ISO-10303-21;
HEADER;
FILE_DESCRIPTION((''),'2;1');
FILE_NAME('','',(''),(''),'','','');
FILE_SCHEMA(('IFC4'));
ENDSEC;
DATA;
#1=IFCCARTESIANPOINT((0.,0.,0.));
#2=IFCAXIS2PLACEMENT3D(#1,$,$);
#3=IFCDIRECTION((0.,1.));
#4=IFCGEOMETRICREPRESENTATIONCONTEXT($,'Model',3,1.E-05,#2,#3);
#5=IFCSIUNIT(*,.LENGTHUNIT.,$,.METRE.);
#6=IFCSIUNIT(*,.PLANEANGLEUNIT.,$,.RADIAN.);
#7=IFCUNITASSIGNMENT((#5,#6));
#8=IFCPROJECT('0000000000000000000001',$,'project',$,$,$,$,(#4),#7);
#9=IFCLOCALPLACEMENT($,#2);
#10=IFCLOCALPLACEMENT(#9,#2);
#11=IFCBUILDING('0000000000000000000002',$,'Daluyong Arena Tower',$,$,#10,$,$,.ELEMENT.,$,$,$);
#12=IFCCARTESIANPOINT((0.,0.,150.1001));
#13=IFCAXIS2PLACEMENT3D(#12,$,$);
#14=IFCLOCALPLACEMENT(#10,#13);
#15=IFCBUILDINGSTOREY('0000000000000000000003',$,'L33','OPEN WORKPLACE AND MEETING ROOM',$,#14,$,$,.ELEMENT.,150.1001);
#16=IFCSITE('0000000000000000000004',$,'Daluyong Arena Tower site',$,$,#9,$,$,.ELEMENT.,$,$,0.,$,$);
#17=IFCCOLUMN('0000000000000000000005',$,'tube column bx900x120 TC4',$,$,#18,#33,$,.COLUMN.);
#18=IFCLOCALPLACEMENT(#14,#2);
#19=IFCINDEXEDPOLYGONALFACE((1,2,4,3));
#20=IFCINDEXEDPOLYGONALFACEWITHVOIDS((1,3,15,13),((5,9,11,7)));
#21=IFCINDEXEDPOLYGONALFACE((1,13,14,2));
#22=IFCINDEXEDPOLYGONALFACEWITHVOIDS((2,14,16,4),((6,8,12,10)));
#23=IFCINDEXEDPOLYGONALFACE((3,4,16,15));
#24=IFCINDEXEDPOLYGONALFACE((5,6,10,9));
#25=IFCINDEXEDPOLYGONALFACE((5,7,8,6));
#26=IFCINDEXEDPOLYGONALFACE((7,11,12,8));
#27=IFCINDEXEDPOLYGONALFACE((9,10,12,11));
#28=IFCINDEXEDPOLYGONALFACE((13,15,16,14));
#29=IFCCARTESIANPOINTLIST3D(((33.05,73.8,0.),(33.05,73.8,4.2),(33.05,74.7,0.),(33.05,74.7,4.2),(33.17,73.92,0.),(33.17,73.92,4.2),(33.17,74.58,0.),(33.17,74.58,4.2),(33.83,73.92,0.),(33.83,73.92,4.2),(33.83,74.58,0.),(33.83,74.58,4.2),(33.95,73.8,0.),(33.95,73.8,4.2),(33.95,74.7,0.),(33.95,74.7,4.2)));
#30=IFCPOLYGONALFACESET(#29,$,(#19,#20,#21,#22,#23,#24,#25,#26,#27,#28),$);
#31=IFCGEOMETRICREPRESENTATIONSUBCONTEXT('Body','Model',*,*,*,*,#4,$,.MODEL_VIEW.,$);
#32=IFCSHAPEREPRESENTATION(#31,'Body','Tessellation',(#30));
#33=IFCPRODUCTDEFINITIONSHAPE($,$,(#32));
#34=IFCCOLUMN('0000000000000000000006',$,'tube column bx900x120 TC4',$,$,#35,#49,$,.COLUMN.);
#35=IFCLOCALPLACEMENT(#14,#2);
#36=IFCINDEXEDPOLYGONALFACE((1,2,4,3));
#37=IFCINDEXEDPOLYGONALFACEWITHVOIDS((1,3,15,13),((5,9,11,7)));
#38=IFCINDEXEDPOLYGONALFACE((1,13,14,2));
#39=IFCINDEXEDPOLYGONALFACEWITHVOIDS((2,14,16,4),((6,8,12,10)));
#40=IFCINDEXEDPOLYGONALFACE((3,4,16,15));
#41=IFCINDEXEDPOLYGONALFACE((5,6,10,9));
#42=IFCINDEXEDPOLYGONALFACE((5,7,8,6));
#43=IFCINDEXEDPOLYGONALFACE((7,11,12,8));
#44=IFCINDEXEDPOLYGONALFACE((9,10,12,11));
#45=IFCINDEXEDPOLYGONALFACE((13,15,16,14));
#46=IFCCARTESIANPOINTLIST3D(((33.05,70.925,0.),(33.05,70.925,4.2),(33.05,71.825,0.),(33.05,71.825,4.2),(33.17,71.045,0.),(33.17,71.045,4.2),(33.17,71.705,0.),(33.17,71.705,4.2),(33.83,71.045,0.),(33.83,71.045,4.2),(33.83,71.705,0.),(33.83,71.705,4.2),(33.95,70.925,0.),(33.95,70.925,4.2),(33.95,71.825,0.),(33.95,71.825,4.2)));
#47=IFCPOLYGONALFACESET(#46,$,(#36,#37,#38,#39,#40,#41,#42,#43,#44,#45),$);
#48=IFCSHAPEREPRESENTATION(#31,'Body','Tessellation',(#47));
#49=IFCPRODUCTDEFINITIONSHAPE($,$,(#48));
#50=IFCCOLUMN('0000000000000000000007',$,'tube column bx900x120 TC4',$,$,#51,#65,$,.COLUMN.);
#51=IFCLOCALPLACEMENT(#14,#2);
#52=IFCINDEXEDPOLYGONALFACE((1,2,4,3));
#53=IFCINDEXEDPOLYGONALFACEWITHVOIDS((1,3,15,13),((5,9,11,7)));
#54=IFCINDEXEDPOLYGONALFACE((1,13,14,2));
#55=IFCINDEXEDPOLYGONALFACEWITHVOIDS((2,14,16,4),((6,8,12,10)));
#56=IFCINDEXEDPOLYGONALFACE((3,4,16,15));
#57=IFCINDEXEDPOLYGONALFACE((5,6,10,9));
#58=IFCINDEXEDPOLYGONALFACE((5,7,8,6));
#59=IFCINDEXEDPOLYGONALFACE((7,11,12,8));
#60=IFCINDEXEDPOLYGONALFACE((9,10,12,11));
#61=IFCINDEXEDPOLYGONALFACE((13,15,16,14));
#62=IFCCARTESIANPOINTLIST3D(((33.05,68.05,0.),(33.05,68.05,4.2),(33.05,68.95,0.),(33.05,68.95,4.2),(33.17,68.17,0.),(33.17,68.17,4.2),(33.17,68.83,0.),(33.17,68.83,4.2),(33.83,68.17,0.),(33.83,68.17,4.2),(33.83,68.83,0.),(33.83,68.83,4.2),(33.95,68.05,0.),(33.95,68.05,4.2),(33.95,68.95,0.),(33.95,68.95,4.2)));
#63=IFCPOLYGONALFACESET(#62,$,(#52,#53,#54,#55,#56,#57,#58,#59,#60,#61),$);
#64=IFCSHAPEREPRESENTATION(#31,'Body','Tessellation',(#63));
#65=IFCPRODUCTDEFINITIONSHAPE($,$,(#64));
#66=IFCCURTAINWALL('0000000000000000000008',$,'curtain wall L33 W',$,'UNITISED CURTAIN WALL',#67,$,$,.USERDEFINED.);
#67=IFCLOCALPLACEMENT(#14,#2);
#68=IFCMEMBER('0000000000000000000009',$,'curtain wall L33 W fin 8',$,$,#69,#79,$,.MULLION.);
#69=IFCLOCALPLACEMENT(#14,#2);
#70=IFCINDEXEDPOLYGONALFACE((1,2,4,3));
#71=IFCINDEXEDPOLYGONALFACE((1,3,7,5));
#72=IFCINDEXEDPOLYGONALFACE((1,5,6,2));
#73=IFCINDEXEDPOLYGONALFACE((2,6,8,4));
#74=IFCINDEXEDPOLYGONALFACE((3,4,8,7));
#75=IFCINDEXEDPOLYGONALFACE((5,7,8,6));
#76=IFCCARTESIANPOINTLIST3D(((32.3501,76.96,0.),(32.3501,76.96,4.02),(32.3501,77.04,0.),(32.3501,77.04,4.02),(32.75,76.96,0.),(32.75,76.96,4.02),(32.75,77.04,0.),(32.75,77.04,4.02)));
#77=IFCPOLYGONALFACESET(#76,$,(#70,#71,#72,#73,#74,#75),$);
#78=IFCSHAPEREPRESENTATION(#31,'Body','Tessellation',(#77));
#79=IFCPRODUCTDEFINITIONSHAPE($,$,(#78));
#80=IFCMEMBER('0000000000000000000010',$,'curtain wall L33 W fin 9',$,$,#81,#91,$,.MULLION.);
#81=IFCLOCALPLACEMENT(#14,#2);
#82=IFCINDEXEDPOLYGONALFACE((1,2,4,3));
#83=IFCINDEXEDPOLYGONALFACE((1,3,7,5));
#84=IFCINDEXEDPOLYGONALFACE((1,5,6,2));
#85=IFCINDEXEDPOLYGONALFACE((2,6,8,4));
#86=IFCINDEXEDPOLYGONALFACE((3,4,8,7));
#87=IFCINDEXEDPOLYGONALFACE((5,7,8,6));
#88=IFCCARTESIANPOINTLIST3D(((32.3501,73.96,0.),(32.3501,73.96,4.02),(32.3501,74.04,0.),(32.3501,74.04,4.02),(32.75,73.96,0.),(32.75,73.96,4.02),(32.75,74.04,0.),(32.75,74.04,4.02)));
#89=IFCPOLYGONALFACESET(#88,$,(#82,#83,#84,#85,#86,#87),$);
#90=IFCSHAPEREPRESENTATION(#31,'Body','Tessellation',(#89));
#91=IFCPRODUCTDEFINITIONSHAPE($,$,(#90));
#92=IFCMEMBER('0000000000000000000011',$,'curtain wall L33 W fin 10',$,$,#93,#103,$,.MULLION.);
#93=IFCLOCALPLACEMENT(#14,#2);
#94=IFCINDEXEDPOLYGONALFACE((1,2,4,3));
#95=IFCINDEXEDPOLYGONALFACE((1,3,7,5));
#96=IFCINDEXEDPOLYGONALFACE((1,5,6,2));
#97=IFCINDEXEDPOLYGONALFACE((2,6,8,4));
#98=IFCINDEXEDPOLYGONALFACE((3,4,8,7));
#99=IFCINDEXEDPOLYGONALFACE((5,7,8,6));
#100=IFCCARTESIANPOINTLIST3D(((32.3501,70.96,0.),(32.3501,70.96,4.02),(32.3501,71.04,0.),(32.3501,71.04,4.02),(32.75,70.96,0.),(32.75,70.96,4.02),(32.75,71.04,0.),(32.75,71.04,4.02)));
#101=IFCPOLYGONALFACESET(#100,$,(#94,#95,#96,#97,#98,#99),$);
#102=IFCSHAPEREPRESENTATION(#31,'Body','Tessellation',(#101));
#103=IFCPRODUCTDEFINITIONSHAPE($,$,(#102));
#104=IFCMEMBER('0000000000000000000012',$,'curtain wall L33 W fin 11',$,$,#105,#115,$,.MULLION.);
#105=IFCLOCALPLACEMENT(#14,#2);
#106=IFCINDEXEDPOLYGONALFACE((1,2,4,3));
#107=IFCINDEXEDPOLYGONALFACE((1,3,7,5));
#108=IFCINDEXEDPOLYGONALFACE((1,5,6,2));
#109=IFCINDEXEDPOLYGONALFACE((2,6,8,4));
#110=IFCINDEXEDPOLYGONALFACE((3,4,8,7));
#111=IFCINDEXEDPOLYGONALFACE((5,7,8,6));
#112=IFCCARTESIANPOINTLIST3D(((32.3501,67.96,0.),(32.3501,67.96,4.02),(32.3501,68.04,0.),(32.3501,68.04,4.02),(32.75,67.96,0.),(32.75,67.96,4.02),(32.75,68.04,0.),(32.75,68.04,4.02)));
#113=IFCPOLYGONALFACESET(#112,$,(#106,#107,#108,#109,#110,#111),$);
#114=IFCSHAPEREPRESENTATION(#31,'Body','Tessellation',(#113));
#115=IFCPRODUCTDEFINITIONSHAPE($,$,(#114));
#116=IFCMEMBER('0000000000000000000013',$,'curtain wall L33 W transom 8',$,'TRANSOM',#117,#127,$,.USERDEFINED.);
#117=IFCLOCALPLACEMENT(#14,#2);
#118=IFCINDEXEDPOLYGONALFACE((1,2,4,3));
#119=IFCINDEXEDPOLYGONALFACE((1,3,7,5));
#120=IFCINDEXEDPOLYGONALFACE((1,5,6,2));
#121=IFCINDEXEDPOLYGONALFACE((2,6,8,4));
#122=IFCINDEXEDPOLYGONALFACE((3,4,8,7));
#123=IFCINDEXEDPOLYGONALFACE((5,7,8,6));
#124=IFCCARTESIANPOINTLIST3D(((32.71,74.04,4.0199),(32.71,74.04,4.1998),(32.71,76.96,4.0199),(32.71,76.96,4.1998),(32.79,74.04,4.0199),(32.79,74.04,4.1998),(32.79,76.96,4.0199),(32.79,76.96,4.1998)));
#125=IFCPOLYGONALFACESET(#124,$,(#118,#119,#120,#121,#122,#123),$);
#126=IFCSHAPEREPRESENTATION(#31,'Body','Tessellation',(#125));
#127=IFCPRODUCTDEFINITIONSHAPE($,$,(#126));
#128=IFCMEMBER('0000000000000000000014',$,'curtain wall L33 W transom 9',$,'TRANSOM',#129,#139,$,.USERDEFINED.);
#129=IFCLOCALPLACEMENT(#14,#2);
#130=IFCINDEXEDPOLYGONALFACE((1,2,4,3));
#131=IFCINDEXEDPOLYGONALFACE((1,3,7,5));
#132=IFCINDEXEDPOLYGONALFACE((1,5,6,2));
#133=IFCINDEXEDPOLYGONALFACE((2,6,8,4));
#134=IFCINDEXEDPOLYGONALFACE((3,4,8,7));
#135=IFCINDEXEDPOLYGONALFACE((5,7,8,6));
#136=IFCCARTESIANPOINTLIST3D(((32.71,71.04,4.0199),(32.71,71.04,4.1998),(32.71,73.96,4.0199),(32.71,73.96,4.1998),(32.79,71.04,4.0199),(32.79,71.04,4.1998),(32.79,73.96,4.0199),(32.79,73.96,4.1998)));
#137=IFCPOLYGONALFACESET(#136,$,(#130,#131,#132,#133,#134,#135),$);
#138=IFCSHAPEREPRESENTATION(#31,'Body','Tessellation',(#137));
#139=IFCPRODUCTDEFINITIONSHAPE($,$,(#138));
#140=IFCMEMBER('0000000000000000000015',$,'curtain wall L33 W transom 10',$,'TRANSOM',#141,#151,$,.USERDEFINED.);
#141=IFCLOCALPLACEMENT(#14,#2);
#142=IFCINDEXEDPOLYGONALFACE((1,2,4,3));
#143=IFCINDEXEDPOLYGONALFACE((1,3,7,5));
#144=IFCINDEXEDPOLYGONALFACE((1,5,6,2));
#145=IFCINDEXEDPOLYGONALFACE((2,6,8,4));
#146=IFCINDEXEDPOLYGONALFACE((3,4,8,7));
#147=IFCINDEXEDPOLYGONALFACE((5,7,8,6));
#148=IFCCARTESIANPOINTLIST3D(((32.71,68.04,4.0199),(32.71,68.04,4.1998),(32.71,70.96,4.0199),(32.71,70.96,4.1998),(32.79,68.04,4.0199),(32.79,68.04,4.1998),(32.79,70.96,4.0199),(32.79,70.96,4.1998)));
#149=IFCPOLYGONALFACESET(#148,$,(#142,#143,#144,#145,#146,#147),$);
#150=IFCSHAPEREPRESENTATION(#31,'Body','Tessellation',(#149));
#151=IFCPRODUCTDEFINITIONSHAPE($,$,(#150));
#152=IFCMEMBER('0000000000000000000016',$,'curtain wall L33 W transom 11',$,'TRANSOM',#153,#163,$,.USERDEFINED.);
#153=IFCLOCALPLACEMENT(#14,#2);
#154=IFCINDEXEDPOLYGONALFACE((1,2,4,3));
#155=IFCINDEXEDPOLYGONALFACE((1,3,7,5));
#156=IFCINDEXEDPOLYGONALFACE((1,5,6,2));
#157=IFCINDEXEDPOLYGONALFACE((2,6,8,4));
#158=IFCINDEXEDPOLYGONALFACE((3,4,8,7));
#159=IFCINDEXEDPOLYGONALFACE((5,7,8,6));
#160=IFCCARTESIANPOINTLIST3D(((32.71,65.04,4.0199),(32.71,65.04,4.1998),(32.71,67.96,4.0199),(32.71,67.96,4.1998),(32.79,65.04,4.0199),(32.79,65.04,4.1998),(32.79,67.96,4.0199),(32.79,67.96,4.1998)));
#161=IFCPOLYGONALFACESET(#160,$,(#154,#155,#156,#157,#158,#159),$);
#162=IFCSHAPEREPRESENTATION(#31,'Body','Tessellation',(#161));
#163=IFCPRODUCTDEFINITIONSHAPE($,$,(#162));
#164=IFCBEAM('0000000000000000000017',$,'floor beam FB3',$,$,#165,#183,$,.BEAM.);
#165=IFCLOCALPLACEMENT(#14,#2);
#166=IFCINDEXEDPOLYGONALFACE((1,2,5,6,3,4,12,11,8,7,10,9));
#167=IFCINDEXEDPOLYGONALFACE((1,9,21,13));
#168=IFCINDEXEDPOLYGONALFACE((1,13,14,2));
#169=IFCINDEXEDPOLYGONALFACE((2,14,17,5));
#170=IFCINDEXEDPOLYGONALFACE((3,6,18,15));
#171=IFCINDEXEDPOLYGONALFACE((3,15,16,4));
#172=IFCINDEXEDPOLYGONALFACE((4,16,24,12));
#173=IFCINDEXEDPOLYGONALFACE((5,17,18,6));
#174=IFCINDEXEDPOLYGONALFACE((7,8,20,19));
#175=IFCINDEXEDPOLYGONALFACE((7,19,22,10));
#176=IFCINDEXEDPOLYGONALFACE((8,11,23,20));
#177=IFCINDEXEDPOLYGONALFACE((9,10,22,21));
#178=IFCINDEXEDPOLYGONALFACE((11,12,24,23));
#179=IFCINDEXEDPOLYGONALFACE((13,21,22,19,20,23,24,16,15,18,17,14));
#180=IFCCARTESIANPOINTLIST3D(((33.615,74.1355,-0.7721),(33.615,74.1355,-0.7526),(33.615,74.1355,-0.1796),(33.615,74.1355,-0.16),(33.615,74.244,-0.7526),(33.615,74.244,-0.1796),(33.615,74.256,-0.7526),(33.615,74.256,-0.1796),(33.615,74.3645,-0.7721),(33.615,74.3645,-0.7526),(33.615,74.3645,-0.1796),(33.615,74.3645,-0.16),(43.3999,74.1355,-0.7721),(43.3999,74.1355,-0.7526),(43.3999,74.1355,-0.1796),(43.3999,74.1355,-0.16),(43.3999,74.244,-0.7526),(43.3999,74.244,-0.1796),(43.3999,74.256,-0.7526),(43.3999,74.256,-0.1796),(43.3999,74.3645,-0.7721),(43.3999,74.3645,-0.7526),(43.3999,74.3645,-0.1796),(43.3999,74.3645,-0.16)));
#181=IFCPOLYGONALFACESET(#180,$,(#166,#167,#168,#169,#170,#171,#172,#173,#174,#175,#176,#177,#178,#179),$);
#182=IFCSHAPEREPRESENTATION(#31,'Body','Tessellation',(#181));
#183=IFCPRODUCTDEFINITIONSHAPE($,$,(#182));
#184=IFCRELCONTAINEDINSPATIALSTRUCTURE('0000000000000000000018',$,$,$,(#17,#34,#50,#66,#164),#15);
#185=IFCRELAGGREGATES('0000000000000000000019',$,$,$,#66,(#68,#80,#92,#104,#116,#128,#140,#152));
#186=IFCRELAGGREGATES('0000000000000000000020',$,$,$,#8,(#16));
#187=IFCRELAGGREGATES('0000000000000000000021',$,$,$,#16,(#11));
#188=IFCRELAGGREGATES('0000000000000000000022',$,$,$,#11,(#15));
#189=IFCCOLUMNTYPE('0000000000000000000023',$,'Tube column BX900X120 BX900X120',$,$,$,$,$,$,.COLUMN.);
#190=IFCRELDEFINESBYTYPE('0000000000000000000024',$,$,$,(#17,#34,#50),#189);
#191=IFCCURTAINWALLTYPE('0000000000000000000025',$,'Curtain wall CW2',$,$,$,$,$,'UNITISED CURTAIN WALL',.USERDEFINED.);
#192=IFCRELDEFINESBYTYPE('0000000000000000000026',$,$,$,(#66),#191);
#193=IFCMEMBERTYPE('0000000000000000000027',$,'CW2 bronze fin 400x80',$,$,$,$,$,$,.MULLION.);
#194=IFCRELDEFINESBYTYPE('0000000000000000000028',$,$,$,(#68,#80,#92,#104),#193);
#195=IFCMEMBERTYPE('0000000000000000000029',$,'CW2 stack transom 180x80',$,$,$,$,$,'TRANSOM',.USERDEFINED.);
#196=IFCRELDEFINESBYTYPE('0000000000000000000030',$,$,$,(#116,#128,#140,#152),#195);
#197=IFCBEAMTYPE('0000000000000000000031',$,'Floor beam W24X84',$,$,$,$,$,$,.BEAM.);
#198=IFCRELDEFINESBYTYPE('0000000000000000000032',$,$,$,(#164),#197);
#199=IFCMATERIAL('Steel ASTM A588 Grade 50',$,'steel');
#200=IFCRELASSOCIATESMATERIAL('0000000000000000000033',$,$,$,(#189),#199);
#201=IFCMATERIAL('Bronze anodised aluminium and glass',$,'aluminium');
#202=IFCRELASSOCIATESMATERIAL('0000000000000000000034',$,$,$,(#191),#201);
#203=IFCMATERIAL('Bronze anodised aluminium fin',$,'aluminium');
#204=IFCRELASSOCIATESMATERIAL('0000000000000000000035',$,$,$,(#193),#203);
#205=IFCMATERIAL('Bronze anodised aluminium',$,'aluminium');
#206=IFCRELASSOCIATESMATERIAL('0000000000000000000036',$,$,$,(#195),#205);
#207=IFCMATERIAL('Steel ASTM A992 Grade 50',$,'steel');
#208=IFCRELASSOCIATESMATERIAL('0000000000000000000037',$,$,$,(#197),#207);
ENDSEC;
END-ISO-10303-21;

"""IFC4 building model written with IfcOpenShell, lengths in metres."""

from ifc_helpers import new_model, si_unit, direction, frame, origin, origin_2d, place, context, subcontext, project, spatial, rectangle, hollow_rectangle, i_section, extrude, material, material_profile, profile_set, type_object, element, aggregate, save


model = new_model("IFC4")

# Units and contexts
model_context = context("Model", 3, precision=1e-05, world=origin(), true_north=direction((0.0, 1.0)))
body_context = subcontext(model_context, "Body", "Model", "MODEL_VIEW")
ifc_project = project(units=[si_unit("LENGTHUNIT", "METRE"), si_unit("PLANEANGLEUNIT", "RADIAN")], contexts=[model_context])

# Site, building, storey
site_placement = place(None, origin())
site = spatial("IfcSite", under=ifc_project, at=site_placement, Name="Daluyong Arena Tower site", CompositionType="ELEMENT", RefElevation=0.0)
building_placement = place(site_placement, origin())
building = spatial("IfcBuilding", under=site, at=building_placement, Name="Daluyong Arena Tower", CompositionType="ELEMENT")
storey_placement = place(building_placement, frame((0.0, 0.0, 150.1001)))
storey = spatial("IfcBuildingStorey", under=building, at=storey_placement, Name="L33", Description="OPEN WORKPLACE AND MEETING ROOM", CompositionType="ELEMENT", Elevation=150.1001)

# Columns
ifc_material_1 = material(Name="Steel ASTM A588 Grade 50", Category="steel")
ifc_material_profile_1 = material_profile(ifc_material_1, hollow_rectangle(XDim=0.8999, YDim=0.8999, WallThickness=0.12, at=origin_2d()))
ifc_profile_set_1 = profile_set([ifc_material_profile_1], Name="Steel ASTM A588 Grade 50")
column_type = type_object("IfcColumnType", Name="Tube column BX900X120 BX900X120", PredefinedType="COLUMN", material=ifc_profile_set_1)
for number, where, z_axis, x_axis, name in (
    (1, (33.5, 74.25, 0.0), (0.0, 0.0, 1.0), (0.0, 1.0, 0.0), "tube column bx900x120 TC4"),
    (2, (33.5, 71.375, 0.0), (0.0, 0.0, 1.0), (0.0, 1.0, 0.0), "tube column bx900x120 TC4"),
    (3, (33.5, 68.5, 0.0), (0.0, 0.0, 1.0), (0.0, 1.0, 0.0), "tube column bx900x120 TC4"),
):
    element("IfcColumn", number, at=place(storey_placement, frame(where, z_axis=z_axis, x_axis=x_axis)), inside=storey, type_object=column_type, Name=name, PredefinedType="COLUMN", context=body_context, shape_type="SweptSolid", body=[
        extrude(hollow_rectangle(XDim=0.8999, YDim=0.8999, WallThickness=0.12, at=origin_2d()), origin(), (0.0, 0.0, 1.0), 4.2),
    ])

# Curtain wall, members
ifc_material_2 = material(Name="Bronze anodised aluminium and glass", Category="aluminium")
curtain_wall_type = type_object("IfcCurtainWallType", Name="Curtain wall CW2", ElementType="UNITISED CURTAIN WALL", PredefinedType="USERDEFINED", material=ifc_material_2)
curtain_wall_placement = place(storey_placement, origin())
curtain_wall = element("IfcCurtainWall", 4, at=curtain_wall_placement, inside=storey, type_object=curtain_wall_type, Name="curtain wall L33 W", ObjectType="UNITISED CURTAIN WALL", PredefinedType="USERDEFINED")
ifc_material_3 = material(Name="Bronze anodised aluminium fin", Category="aluminium")
ifc_material_profile_2 = material_profile(ifc_material_3, rectangle(XDim=0.3999, YDim=0.0801, at=origin_2d()))
ifc_profile_set_2 = profile_set([ifc_material_profile_2], Name="Bronze anodised aluminium fin")
member_type_1 = type_object("IfcMemberType", Name="CW2 bronze fin 400x80", PredefinedType="MULLION", material=ifc_profile_set_2)
member_1_placement = place(storey_placement, frame((32.55, 77.0, 0.0), z_axis=(0.0, 0.0, 1.0), x_axis=(1.0, 0.0, 0.0)))
member_1 = element("IfcMember", 5, at=member_1_placement, type_object=member_type_1, Name="curtain wall L33 W fin 8", PredefinedType="MULLION", context=body_context, shape_type="SweptSolid", body=[
    extrude(rectangle(XDim=0.3999, YDim=0.0801, at=origin_2d()), origin(), (0.0, 0.0, 1.0), 4.02),
])
member_2_placement = place(storey_placement, frame((32.55, 74.0, 0.0), z_axis=(0.0, 0.0, 1.0), x_axis=(1.0, 0.0, 0.0)))
member_2 = element("IfcMember", 6, at=member_2_placement, type_object=member_type_1, Name="curtain wall L33 W fin 9", PredefinedType="MULLION", context=body_context, shape_type="SweptSolid", body=[
    extrude(rectangle(XDim=0.3999, YDim=0.0801, at=origin_2d()), origin(), (0.0, 0.0, 1.0), 4.02),
])
member_3_placement = place(storey_placement, frame((32.55, 71.0, 0.0), z_axis=(0.0, 0.0, 1.0), x_axis=(1.0, 0.0, 0.0)))
member_3 = element("IfcMember", 7, at=member_3_placement, type_object=member_type_1, Name="curtain wall L33 W fin 10", PredefinedType="MULLION", context=body_context, shape_type="SweptSolid", body=[
    extrude(rectangle(XDim=0.3999, YDim=0.0801, at=origin_2d()), origin(), (0.0, 0.0, 1.0), 4.02),
])
member_4_placement = place(storey_placement, frame((32.55, 68.0, 0.0), z_axis=(0.0, 0.0, 1.0), x_axis=(1.0, 0.0, 0.0)))
member_4 = element("IfcMember", 8, at=member_4_placement, type_object=member_type_1, Name="curtain wall L33 W fin 11", PredefinedType="MULLION", context=body_context, shape_type="SweptSolid", body=[
    extrude(rectangle(XDim=0.3999, YDim=0.0801, at=origin_2d()), origin(), (0.0, 0.0, 1.0), 4.02),
])
ifc_material_4 = material(Name="Bronze anodised aluminium", Category="aluminium")
ifc_material_profile_3 = material_profile(ifc_material_4, rectangle(XDim=0.0801, YDim=0.1799, at=origin_2d()))
ifc_profile_set_3 = profile_set([ifc_material_profile_3], Name="Bronze anodised aluminium")
member_type_2 = type_object("IfcMemberType", Name="CW2 stack transom 180x80", ElementType="TRANSOM", PredefinedType="USERDEFINED", material=ifc_profile_set_3)
member_5_placement = place(storey_placement, frame((32.75, 76.96, 4.1099), z_axis=(0.0, -1.0, 0.0), x_axis=(1.0, 0.0, 0.0)))
member_5 = element("IfcMember", 9, at=member_5_placement, type_object=member_type_2, Name="curtain wall L33 W transom 8", ObjectType="TRANSOM", PredefinedType="USERDEFINED", context=body_context, shape_type="SweptSolid", body=[
    extrude(rectangle(XDim=0.0801, YDim=0.1799, at=origin_2d()), origin(), (0.0, 0.0, 1.0), 2.9199),
])
member_6_placement = place(storey_placement, frame((32.75, 73.96, 4.1099), z_axis=(0.0, -1.0, 0.0), x_axis=(1.0, 0.0, 0.0)))
member_6 = element("IfcMember", 10, at=member_6_placement, type_object=member_type_2, Name="curtain wall L33 W transom 9", ObjectType="TRANSOM", PredefinedType="USERDEFINED", context=body_context, shape_type="SweptSolid", body=[
    extrude(rectangle(XDim=0.0801, YDim=0.1799, at=origin_2d()), origin(), (0.0, 0.0, 1.0), 2.9199),
])
member_7_placement = place(storey_placement, frame((32.75, 70.96, 4.1099), z_axis=(0.0, -1.0, 0.0), x_axis=(1.0, 0.0, 0.0)))
member_7 = element("IfcMember", 11, at=member_7_placement, type_object=member_type_2, Name="curtain wall L33 W transom 10", ObjectType="TRANSOM", PredefinedType="USERDEFINED", context=body_context, shape_type="SweptSolid", body=[
    extrude(rectangle(XDim=0.0801, YDim=0.1799, at=origin_2d()), origin(), (0.0, 0.0, 1.0), 2.9199),
])
member_8_placement = place(storey_placement, frame((32.75, 67.96, 4.1099), z_axis=(0.0, -1.0, 0.0), x_axis=(1.0, 0.0, 0.0)))
member_8 = element("IfcMember", 12, at=member_8_placement, type_object=member_type_2, Name="curtain wall L33 W transom 11", ObjectType="TRANSOM", PredefinedType="USERDEFINED", context=body_context, shape_type="SweptSolid", body=[
    extrude(rectangle(XDim=0.0801, YDim=0.1799, at=origin_2d()), origin(), (0.0, 0.0, 1.0), 2.9199),
])

# Beam
ifc_material_5 = material(Name="Steel ASTM A992 Grade 50", Category="steel")
ifc_material_profile_4 = material_profile(ifc_material_5, i_section(OverallWidth=0.229, OverallDepth=0.6121, WebThickness=0.012, FlangeThickness=0.0195, at=origin_2d()))
ifc_profile_set_4 = profile_set([ifc_material_profile_4], Name="Steel ASTM A992 Grade 50")
beam_type_1 = type_object("IfcBeamType", Name="Floor beam W24X84", PredefinedType="BEAM", material=ifc_profile_set_4)
for number, where, z_axis, x_axis, name in (
    (13, (33.615, 74.25, -0.4661), (1.0, 0.0, 0.0), (0.0, 1.0, 0.0), "floor beam FB3"),
):
    element("IfcBeam", number, at=place(storey_placement, frame(where, z_axis=z_axis, x_axis=x_axis)), inside=storey, type_object=beam_type_1, Name=name, PredefinedType="BEAM", context=body_context, shape_type="SweptSolid", body=[
        extrude(i_section(OverallWidth=0.229, OverallDepth=0.6121, WebThickness=0.012, FlangeThickness=0.0195, at=origin_2d()), origin(), (0.0, 0.0, 1.0), 9.7849),
    ])

aggregate(curtain_wall, [member_1, member_2, member_3, member_4, member_5, member_6, member_7, member_8])

save(model, "model.ifc")
